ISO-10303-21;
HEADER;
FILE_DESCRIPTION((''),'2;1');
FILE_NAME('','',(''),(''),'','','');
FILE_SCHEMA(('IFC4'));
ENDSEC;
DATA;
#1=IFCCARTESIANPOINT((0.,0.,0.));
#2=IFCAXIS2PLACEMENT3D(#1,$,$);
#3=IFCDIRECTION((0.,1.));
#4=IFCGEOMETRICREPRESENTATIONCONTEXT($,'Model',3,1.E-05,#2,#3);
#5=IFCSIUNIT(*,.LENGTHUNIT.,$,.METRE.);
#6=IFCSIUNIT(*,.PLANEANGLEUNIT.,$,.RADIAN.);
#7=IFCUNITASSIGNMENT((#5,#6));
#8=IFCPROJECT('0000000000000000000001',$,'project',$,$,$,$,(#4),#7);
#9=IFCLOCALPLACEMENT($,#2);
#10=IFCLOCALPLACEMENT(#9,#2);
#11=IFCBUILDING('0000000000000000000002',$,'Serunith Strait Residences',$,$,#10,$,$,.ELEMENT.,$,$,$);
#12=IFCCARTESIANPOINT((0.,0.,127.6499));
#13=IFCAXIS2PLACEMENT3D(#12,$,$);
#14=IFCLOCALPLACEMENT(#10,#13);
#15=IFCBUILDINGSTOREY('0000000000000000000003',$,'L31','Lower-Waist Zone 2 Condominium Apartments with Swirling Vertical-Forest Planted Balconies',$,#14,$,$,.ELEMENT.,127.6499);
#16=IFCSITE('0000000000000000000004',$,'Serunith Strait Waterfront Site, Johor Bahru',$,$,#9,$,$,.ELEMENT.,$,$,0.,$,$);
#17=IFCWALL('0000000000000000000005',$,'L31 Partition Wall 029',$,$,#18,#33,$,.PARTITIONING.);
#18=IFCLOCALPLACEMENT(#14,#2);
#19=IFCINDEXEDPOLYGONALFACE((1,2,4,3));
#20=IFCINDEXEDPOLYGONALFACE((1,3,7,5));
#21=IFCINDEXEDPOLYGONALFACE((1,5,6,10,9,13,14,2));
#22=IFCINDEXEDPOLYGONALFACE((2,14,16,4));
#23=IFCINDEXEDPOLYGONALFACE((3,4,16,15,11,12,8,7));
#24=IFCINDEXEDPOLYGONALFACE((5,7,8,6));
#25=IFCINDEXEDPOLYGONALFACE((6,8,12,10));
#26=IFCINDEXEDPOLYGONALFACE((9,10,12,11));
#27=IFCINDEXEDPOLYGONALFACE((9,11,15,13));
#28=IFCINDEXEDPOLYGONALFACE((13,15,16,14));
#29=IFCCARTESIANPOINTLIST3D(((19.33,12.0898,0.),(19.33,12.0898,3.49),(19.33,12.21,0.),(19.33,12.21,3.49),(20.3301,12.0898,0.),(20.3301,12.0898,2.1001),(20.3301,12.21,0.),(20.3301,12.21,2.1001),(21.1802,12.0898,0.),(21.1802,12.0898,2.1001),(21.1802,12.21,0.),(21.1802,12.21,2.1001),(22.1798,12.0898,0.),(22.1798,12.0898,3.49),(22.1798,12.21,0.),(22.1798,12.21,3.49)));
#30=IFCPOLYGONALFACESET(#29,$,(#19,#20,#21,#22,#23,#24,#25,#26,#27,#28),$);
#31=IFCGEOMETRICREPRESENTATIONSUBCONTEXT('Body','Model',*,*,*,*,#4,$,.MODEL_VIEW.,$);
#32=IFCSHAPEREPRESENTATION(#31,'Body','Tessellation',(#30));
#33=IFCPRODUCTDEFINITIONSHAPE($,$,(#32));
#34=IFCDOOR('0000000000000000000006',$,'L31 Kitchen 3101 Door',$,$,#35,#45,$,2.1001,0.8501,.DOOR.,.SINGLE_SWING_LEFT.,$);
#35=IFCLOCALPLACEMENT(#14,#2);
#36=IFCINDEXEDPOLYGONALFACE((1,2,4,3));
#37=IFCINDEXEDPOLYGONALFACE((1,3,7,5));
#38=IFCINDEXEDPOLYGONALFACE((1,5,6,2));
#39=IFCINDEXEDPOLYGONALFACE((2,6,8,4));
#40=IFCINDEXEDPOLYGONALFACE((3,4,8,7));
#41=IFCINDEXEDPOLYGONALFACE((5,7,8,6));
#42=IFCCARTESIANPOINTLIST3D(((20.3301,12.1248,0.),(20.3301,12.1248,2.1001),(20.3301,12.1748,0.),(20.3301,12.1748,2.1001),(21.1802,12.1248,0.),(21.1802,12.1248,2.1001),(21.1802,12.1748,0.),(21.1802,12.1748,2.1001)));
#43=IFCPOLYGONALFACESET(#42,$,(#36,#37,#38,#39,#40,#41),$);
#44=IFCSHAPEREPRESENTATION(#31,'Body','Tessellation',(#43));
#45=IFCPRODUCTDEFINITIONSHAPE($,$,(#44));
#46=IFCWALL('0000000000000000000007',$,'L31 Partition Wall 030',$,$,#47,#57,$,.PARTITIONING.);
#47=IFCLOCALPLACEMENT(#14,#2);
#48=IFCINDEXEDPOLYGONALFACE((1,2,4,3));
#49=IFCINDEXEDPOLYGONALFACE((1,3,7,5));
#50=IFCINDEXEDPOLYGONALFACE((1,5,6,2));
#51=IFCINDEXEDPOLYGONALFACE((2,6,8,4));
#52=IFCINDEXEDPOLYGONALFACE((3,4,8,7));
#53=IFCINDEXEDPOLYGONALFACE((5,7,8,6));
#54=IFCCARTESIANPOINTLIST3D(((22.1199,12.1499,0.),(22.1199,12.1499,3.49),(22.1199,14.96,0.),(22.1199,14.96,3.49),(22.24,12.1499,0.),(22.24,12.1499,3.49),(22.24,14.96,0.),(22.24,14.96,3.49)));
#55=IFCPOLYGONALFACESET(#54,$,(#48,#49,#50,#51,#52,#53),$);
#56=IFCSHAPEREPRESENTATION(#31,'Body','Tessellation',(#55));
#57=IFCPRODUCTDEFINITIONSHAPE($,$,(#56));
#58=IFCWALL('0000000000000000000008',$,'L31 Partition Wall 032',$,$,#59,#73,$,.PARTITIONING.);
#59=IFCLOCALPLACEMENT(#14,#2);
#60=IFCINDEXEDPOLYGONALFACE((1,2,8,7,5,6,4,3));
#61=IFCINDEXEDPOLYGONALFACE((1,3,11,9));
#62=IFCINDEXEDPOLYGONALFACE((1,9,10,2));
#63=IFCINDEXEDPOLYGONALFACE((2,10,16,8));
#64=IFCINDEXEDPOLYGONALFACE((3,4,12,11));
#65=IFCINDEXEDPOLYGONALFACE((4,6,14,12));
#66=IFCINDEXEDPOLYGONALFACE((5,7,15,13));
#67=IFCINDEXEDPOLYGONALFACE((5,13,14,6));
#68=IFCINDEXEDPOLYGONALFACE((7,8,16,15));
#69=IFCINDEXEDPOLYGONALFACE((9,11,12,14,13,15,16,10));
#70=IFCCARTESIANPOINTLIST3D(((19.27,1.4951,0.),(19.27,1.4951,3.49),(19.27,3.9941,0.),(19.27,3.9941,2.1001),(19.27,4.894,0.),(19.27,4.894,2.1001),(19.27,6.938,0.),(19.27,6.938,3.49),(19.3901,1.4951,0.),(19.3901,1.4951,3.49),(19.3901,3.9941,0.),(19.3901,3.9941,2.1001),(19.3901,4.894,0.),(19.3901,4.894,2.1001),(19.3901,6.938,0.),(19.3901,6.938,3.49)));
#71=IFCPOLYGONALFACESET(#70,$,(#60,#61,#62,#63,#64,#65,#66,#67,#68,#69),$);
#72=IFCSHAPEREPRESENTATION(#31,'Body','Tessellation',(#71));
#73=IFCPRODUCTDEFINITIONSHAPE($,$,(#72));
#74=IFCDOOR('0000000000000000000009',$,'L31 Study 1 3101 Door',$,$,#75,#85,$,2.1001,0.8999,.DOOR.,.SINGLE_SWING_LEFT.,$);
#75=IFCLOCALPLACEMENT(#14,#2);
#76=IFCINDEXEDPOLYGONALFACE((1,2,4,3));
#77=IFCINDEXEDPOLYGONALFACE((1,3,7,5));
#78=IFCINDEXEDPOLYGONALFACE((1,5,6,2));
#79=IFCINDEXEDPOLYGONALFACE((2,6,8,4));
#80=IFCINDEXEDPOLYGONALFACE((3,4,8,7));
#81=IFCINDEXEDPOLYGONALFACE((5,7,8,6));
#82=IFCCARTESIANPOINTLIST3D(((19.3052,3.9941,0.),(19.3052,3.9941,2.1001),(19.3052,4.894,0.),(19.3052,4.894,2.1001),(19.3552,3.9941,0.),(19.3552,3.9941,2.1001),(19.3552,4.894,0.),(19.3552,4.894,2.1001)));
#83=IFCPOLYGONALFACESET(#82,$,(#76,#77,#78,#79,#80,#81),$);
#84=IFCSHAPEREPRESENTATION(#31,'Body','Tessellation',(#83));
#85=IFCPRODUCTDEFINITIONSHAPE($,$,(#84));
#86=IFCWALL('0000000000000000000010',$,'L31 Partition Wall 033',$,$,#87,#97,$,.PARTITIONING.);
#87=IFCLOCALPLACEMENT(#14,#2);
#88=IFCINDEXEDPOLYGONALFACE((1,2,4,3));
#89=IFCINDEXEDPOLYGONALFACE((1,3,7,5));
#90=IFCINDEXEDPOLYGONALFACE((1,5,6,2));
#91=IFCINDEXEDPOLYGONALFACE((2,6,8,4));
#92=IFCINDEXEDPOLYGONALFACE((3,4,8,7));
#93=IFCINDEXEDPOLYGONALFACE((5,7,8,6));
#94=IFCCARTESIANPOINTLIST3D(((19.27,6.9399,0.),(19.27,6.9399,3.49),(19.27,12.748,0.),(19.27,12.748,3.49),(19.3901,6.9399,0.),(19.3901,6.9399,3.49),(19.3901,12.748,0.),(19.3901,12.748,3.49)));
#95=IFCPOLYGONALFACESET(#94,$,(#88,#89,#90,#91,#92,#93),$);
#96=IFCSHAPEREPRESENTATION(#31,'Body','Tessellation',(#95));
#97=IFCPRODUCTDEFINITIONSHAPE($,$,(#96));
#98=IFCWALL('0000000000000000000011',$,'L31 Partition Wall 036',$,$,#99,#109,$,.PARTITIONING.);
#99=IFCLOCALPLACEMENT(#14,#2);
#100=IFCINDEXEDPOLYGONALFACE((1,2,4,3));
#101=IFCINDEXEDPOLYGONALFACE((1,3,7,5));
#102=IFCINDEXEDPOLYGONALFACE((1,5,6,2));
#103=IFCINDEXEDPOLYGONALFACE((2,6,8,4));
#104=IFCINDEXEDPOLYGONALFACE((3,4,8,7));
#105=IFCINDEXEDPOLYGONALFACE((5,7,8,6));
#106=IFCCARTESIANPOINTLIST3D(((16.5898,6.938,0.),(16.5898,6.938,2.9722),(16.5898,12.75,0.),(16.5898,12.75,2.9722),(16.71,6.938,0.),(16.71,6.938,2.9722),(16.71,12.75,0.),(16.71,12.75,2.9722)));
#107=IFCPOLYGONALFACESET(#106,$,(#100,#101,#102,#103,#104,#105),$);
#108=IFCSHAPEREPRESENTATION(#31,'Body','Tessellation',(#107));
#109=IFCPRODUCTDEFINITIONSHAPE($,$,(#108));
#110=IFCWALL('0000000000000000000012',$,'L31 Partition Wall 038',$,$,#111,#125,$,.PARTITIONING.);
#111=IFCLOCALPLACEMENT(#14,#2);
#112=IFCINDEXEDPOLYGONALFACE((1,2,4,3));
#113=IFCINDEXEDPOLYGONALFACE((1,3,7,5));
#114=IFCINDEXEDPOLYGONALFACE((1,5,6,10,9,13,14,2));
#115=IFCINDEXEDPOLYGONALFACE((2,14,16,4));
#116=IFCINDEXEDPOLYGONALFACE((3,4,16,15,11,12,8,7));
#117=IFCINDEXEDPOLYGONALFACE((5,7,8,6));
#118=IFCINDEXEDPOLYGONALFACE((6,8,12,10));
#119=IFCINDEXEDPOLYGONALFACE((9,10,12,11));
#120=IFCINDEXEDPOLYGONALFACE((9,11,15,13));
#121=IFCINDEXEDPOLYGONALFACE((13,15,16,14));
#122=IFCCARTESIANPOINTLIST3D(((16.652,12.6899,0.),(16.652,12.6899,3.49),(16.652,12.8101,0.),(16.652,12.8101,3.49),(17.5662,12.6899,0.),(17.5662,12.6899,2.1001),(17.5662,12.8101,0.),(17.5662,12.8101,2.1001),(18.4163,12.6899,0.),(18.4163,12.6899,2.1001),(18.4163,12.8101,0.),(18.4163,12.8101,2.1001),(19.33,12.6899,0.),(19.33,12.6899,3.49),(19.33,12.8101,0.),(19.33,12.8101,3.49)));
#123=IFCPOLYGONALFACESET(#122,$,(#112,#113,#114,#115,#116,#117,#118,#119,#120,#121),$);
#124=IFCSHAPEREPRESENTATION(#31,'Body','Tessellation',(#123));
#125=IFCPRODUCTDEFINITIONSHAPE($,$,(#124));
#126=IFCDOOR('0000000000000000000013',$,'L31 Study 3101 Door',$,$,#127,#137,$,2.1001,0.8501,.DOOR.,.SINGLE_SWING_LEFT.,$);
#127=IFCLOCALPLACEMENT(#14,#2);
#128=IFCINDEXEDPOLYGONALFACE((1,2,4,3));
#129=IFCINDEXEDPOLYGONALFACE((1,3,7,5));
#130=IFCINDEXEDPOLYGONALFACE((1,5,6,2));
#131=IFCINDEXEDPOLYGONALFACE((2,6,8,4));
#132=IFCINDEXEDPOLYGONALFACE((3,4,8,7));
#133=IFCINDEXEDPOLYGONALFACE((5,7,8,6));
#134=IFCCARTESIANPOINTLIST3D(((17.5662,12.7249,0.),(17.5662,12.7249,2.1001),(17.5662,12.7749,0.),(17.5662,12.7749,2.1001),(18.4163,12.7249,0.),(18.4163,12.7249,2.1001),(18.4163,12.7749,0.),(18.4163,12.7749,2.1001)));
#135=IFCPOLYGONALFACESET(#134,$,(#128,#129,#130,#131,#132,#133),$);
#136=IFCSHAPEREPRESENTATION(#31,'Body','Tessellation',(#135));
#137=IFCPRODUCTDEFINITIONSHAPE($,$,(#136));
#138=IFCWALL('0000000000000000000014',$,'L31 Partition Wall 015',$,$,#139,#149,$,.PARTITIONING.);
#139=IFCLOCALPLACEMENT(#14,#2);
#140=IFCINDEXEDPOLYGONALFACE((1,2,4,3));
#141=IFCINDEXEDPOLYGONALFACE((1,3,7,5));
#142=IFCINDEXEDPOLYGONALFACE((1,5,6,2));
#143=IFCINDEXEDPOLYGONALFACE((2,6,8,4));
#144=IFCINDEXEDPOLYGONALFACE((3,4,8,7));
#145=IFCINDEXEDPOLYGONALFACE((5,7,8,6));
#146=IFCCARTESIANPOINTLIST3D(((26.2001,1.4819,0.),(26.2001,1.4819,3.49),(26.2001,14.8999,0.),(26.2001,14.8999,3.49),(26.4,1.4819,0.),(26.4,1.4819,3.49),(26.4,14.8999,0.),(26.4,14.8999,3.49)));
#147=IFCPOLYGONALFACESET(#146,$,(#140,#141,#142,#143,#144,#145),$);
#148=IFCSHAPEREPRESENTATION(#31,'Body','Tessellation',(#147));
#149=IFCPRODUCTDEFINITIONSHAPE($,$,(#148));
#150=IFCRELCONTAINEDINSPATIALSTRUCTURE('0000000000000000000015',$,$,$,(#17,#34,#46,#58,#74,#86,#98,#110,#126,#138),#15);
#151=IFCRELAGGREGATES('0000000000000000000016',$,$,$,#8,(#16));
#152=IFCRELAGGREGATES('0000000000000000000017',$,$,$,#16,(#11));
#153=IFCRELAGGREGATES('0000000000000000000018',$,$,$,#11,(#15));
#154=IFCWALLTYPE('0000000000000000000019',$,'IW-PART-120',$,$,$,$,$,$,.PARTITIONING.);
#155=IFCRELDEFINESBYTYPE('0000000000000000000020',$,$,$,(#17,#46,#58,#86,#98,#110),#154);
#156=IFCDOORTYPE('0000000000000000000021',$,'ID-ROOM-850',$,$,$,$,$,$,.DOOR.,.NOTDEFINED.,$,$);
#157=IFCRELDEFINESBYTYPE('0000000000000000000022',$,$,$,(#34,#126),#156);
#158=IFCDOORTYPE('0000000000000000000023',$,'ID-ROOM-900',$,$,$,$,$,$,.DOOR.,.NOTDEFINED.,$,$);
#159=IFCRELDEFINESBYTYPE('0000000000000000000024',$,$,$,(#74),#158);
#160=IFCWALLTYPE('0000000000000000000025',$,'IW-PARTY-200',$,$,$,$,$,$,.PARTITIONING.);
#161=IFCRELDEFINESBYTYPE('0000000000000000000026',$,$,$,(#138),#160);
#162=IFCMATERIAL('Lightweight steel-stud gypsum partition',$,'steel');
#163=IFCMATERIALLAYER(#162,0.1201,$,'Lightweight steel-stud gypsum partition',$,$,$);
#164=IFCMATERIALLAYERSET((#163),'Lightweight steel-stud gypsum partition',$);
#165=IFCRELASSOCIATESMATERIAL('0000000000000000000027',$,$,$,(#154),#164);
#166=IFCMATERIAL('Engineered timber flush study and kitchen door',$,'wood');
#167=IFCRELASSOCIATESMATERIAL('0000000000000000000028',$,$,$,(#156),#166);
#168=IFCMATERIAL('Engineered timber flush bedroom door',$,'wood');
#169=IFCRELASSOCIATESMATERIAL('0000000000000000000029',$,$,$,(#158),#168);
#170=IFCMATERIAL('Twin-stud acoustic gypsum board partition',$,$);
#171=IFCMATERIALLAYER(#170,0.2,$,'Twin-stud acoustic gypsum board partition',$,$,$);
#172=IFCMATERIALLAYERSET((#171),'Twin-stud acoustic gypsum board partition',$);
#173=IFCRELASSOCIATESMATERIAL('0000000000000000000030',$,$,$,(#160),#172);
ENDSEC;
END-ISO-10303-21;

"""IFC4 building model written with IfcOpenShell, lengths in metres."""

from ifc_helpers import new_model, si_unit, direction, frame, frame_2d, origin, place, context, subcontext, project, spatial, rectangle, extrude, source, transform, mapped, material, layer, layer_set, type_object, element, fill, save


model = new_model("IFC4")

# Units and contexts
model_context = context("Model", 3, precision=1e-05, world=origin(), true_north=direction((0.0, 1.0)))
body_context = subcontext(model_context, "Body", "Model", "MODEL_VIEW")
ifc_project = project(units=[si_unit("LENGTHUNIT", "METRE"), si_unit("PLANEANGLEUNIT", "RADIAN")], contexts=[model_context])

# Site, building, storey
site_placement = place(None, origin())
site = spatial("IfcSite", under=ifc_project, at=site_placement, Name="Serunith Strait Waterfront Site, Johor Bahru", CompositionType="ELEMENT", RefElevation=0.0)
building_placement = place(site_placement, origin())
building = spatial("IfcBuilding", under=site, at=building_placement, Name="Serunith Strait Residences", CompositionType="ELEMENT")
storey_placement = place(building_placement, frame((0.0, 0.0, 127.6499)))
storey = spatial("IfcBuildingStorey", under=building, at=storey_placement, Name="L31", Description="Lower-Waist Zone 2 Condominium Apartments with Swirling Vertical-Forest Planted Balconies", CompositionType="ELEMENT", Elevation=127.6499)

# Wall, opening, door
ifc_material_1 = material(Name="Lightweight steel-stud gypsum partition", Category="steel")
ifc_layer_1 = layer(ifc_material_1, 0.1201, Name="Lightweight steel-stud gypsum partition")
ifc_layer_set_1 = layer_set([ifc_layer_1], Name="Lightweight steel-stud gypsum partition")
wall_type_1 = type_object("IfcWallType", Name="IW-PART-120", PredefinedType="PARTITIONING", material=ifc_layer_set_1)
wall_1_placement = place(storey_placement, frame((19.3301, 12.1499, 0.0), z_axis=(0.0, 0.0, 1.0), x_axis=(1.0, 0.0, 0.0)))
wall_1 = element("IfcWall", 1, at=wall_1_placement, inside=storey, type_object=wall_type_1, Name="L31 Partition Wall 029", PredefinedType="PARTITIONING", context=body_context, shape_type="SweptSolid", body=[
    extrude(rectangle(XDim=2.8499, YDim=0.1201, at=frame_2d((1.4248, 0.0))), origin(), (0.0, 0.0, 1.0), 3.49),
])
opening_1_placement = place(wall_1_placement, frame((1.0, 0.0, 0.0)))
opening_1 = element("IfcOpeningElement", 2, at=opening_1_placement, cuts=wall_1, PredefinedType="OPENING", context=body_context, shape_type="SweptSolid", body=[
    extrude(rectangle(XDim=0.8501, YDim=2.1001, at=frame_2d((0.425, 1.05))), frame((0.0, 0.0701, 0.0), z_axis=(0.0, -1.0, 0.0), x_axis=(1.0, 0.0, 0.0)), (0.0, 0.0, 1.0), 0.1401),
])
ifc_material_2 = material(Name="Engineered timber flush study and kitchen door", Category="wood")
door_type_1 = type_object("IfcDoorType", Name="ID-ROOM-850", OperationType="NOTDEFINED", PredefinedType="DOOR", material=ifc_material_2)
shared_shape_1 = source(origin(), body_context, "Body", "SweptSolid", [
    extrude(rectangle(XDim=0.8501, YDim=2.1001, at=frame_2d((0.425, 1.05))), frame((0.0, 0.0249, 0.0), z_axis=(0.0, -1.0, 0.0), x_axis=(1.0, 0.0, 0.0)), (0.0, 0.0, 1.0), 0.05),
])
door_1_placement = place(opening_1_placement, origin())
door_1 = element("IfcDoor", 3, at=door_1_placement, inside=storey, type_object=door_type_1, Name="L31 Kitchen 3101 Door", OperationType="SINGLE_SWING_LEFT", OverallHeight=2.1001, OverallWidth=0.8501, PredefinedType="DOOR", context=body_context, shape_type="MappedRepresentation", body=[
    mapped(shared_shape_1, transform((0.0, 0.0, 0.0), scale=1.0)),
])
fill(opening_1, door_1)

# Wall
wall_2_placement = place(storey_placement, frame((22.1799, 12.1499, 0.0), z_axis=(0.0, 0.0, 1.0), x_axis=(0.0, 1.0, 0.0)))
element("IfcWall", 4, at=wall_2_placement, inside=storey, type_object=wall_type_1, Name="L31 Partition Wall 030", PredefinedType="PARTITIONING", context=body_context, shape_type="SweptSolid", body=[
    extrude(rectangle(XDim=2.8101, YDim=0.1201, at=frame_2d((1.405, 0.0))), origin(), (0.0, 0.0, 1.0), 3.49),
])

# Wall, opening, door
wall_3_placement = place(storey_placement, frame((19.3301, 1.4951, 0.0), z_axis=(0.0, 0.0, 1.0), x_axis=(0.0, 1.0, 0.0)))
wall_3 = element("IfcWall", 5, at=wall_3_placement, inside=storey, type_object=wall_type_1, Name="L31 Partition Wall 032", PredefinedType="PARTITIONING", context=body_context, shape_type="SweptSolid", body=[
    extrude(rectangle(XDim=5.4429, YDim=0.1201, at=frame_2d((2.7214, 0.0))), origin(), (0.0, 0.0, 1.0), 3.49),
])
opening_2_placement = place(wall_3_placement, frame((2.499, 0.0, 0.0)))
opening_2 = element("IfcOpeningElement", 6, at=opening_2_placement, cuts=wall_3, PredefinedType="OPENING", context=body_context, shape_type="SweptSolid", body=[
    extrude(rectangle(XDim=0.8999, YDim=2.1001, at=frame_2d((0.45, 1.05))), frame((0.0, 0.0701, 0.0), z_axis=(0.0, -1.0, 0.0), x_axis=(1.0, 0.0, 0.0)), (0.0, 0.0, 1.0), 0.1401),
])
ifc_material_3 = material(Name="Engineered timber flush bedroom door", Category="wood")
door_type_2 = type_object("IfcDoorType", Name="ID-ROOM-900", OperationType="NOTDEFINED", PredefinedType="DOOR", material=ifc_material_3)
shared_shape_2 = source(origin(), body_context, "Body", "SweptSolid", [
    extrude(rectangle(XDim=0.8999, YDim=2.1001, at=frame_2d((0.45, 1.05))), frame((0.0, 0.0249, 0.0), z_axis=(0.0, -1.0, 0.0), x_axis=(1.0, 0.0, 0.0)), (0.0, 0.0, 1.0), 0.05),
])
door_2_placement = place(opening_2_placement, origin())
door_2 = element("IfcDoor", 7, at=door_2_placement, inside=storey, type_object=door_type_2, Name="L31 Study 1 3101 Door", OperationType="SINGLE_SWING_LEFT", OverallHeight=2.1001, OverallWidth=0.8999, PredefinedType="DOOR", context=body_context, shape_type="MappedRepresentation", body=[
    mapped(shared_shape_2, transform((0.0, 0.0, 0.0), scale=1.0)),
])
fill(opening_2, door_2)

# Walls
wall_4_placement = place(storey_placement, frame((19.3301, 6.9399, 0.0), z_axis=(0.0, 0.0, 1.0), x_axis=(0.0, 1.0, 0.0)))
element("IfcWall", 8, at=wall_4_placement, inside=storey, type_object=wall_type_1, Name="L31 Partition Wall 033", PredefinedType="PARTITIONING", context=body_context, shape_type="SweptSolid", body=[
    extrude(rectangle(XDim=5.8081, YDim=0.1201, at=frame_2d((2.9041, 0.0))), origin(), (0.0, 0.0, 1.0), 3.49),
])
wall_5_placement = place(storey_placement, frame((16.6499, 6.938, 0.0), z_axis=(0.0, 0.0, 1.0), x_axis=(0.0, 1.0, 0.0)))
element("IfcWall", 9, at=wall_5_placement, inside=storey, type_object=wall_type_1, Name="L31 Partition Wall 036", PredefinedType="PARTITIONING", context=body_context, shape_type="SweptSolid", body=[
    extrude(rectangle(XDim=5.812, YDim=0.1201, at=frame_2d((2.906, 0.0))), origin(), (0.0, 0.0, 1.0), 2.9722),
])

# Wall, opening, door
wall_6_placement = place(storey_placement, frame((16.6521, 12.75, 0.0), z_axis=(0.0, 0.0, 1.0), x_axis=(1.0, 0.0, 0.0)))
wall_6 = element("IfcWall", 10, at=wall_6_placement, inside=storey, type_object=wall_type_1, Name="L31 Partition Wall 038", PredefinedType="PARTITIONING", context=body_context, shape_type="SweptSolid", body=[
    extrude(rectangle(XDim=2.678, YDim=0.1201, at=frame_2d((1.3389, 0.0))), origin(), (0.0, 0.0, 1.0), 3.49),
])
opening_3_placement = place(wall_6_placement, frame((0.9141, 0.0, 0.0)))
opening_3 = element("IfcOpeningElement", 11, at=opening_3_placement, cuts=wall_6, PredefinedType="OPENING", context=body_context, shape_type="SweptSolid", body=[
    extrude(rectangle(XDim=0.8501, YDim=2.1001, at=frame_2d((0.425, 1.05))), frame((0.0, 0.0701, 0.0), z_axis=(0.0, -1.0, 0.0), x_axis=(1.0, 0.0, 0.0)), (0.0, 0.0, 1.0), 0.1401),
])
door_3_placement = place(opening_3_placement, origin())
door_3 = element("IfcDoor", 12, at=door_3_placement, inside=storey, type_object=door_type_1, Name="L31 Study 3101 Door", OperationType="SINGLE_SWING_LEFT", OverallHeight=2.1001, OverallWidth=0.8501, PredefinedType="DOOR", context=body_context, shape_type="MappedRepresentation", body=[
    mapped(shared_shape_1, transform((0.0, 0.0, 0.0), scale=1.0)),
])
fill(opening_3, door_3)

# Wall
ifc_material_4 = material(Name="Twin-stud acoustic gypsum board partition")
ifc_layer_2 = layer(ifc_material_4, 0.2, Name="Twin-stud acoustic gypsum board partition")
ifc_layer_set_2 = layer_set([ifc_layer_2], Name="Twin-stud acoustic gypsum board partition")
wall_type_2 = type_object("IfcWallType", Name="IW-PARTY-200", PredefinedType="PARTITIONING", material=ifc_layer_set_2)
wall_7_placement = place(storey_placement, frame((26.3, 1.4819, 0.0), z_axis=(0.0, 0.0, 1.0), x_axis=(0.0, 1.0, 0.0)))
element("IfcWall", 13, at=wall_7_placement, inside=storey, type_object=wall_type_2, Name="L31 Partition Wall 015", PredefinedType="PARTITIONING", context=body_context, shape_type="SweptSolid", body=[
    extrude(rectangle(XDim=13.418, YDim=0.2, at=frame_2d((6.709, 0.0))), origin(), (0.0, 0.0, 1.0), 3.49),
])

save(model, "model.ifc")
